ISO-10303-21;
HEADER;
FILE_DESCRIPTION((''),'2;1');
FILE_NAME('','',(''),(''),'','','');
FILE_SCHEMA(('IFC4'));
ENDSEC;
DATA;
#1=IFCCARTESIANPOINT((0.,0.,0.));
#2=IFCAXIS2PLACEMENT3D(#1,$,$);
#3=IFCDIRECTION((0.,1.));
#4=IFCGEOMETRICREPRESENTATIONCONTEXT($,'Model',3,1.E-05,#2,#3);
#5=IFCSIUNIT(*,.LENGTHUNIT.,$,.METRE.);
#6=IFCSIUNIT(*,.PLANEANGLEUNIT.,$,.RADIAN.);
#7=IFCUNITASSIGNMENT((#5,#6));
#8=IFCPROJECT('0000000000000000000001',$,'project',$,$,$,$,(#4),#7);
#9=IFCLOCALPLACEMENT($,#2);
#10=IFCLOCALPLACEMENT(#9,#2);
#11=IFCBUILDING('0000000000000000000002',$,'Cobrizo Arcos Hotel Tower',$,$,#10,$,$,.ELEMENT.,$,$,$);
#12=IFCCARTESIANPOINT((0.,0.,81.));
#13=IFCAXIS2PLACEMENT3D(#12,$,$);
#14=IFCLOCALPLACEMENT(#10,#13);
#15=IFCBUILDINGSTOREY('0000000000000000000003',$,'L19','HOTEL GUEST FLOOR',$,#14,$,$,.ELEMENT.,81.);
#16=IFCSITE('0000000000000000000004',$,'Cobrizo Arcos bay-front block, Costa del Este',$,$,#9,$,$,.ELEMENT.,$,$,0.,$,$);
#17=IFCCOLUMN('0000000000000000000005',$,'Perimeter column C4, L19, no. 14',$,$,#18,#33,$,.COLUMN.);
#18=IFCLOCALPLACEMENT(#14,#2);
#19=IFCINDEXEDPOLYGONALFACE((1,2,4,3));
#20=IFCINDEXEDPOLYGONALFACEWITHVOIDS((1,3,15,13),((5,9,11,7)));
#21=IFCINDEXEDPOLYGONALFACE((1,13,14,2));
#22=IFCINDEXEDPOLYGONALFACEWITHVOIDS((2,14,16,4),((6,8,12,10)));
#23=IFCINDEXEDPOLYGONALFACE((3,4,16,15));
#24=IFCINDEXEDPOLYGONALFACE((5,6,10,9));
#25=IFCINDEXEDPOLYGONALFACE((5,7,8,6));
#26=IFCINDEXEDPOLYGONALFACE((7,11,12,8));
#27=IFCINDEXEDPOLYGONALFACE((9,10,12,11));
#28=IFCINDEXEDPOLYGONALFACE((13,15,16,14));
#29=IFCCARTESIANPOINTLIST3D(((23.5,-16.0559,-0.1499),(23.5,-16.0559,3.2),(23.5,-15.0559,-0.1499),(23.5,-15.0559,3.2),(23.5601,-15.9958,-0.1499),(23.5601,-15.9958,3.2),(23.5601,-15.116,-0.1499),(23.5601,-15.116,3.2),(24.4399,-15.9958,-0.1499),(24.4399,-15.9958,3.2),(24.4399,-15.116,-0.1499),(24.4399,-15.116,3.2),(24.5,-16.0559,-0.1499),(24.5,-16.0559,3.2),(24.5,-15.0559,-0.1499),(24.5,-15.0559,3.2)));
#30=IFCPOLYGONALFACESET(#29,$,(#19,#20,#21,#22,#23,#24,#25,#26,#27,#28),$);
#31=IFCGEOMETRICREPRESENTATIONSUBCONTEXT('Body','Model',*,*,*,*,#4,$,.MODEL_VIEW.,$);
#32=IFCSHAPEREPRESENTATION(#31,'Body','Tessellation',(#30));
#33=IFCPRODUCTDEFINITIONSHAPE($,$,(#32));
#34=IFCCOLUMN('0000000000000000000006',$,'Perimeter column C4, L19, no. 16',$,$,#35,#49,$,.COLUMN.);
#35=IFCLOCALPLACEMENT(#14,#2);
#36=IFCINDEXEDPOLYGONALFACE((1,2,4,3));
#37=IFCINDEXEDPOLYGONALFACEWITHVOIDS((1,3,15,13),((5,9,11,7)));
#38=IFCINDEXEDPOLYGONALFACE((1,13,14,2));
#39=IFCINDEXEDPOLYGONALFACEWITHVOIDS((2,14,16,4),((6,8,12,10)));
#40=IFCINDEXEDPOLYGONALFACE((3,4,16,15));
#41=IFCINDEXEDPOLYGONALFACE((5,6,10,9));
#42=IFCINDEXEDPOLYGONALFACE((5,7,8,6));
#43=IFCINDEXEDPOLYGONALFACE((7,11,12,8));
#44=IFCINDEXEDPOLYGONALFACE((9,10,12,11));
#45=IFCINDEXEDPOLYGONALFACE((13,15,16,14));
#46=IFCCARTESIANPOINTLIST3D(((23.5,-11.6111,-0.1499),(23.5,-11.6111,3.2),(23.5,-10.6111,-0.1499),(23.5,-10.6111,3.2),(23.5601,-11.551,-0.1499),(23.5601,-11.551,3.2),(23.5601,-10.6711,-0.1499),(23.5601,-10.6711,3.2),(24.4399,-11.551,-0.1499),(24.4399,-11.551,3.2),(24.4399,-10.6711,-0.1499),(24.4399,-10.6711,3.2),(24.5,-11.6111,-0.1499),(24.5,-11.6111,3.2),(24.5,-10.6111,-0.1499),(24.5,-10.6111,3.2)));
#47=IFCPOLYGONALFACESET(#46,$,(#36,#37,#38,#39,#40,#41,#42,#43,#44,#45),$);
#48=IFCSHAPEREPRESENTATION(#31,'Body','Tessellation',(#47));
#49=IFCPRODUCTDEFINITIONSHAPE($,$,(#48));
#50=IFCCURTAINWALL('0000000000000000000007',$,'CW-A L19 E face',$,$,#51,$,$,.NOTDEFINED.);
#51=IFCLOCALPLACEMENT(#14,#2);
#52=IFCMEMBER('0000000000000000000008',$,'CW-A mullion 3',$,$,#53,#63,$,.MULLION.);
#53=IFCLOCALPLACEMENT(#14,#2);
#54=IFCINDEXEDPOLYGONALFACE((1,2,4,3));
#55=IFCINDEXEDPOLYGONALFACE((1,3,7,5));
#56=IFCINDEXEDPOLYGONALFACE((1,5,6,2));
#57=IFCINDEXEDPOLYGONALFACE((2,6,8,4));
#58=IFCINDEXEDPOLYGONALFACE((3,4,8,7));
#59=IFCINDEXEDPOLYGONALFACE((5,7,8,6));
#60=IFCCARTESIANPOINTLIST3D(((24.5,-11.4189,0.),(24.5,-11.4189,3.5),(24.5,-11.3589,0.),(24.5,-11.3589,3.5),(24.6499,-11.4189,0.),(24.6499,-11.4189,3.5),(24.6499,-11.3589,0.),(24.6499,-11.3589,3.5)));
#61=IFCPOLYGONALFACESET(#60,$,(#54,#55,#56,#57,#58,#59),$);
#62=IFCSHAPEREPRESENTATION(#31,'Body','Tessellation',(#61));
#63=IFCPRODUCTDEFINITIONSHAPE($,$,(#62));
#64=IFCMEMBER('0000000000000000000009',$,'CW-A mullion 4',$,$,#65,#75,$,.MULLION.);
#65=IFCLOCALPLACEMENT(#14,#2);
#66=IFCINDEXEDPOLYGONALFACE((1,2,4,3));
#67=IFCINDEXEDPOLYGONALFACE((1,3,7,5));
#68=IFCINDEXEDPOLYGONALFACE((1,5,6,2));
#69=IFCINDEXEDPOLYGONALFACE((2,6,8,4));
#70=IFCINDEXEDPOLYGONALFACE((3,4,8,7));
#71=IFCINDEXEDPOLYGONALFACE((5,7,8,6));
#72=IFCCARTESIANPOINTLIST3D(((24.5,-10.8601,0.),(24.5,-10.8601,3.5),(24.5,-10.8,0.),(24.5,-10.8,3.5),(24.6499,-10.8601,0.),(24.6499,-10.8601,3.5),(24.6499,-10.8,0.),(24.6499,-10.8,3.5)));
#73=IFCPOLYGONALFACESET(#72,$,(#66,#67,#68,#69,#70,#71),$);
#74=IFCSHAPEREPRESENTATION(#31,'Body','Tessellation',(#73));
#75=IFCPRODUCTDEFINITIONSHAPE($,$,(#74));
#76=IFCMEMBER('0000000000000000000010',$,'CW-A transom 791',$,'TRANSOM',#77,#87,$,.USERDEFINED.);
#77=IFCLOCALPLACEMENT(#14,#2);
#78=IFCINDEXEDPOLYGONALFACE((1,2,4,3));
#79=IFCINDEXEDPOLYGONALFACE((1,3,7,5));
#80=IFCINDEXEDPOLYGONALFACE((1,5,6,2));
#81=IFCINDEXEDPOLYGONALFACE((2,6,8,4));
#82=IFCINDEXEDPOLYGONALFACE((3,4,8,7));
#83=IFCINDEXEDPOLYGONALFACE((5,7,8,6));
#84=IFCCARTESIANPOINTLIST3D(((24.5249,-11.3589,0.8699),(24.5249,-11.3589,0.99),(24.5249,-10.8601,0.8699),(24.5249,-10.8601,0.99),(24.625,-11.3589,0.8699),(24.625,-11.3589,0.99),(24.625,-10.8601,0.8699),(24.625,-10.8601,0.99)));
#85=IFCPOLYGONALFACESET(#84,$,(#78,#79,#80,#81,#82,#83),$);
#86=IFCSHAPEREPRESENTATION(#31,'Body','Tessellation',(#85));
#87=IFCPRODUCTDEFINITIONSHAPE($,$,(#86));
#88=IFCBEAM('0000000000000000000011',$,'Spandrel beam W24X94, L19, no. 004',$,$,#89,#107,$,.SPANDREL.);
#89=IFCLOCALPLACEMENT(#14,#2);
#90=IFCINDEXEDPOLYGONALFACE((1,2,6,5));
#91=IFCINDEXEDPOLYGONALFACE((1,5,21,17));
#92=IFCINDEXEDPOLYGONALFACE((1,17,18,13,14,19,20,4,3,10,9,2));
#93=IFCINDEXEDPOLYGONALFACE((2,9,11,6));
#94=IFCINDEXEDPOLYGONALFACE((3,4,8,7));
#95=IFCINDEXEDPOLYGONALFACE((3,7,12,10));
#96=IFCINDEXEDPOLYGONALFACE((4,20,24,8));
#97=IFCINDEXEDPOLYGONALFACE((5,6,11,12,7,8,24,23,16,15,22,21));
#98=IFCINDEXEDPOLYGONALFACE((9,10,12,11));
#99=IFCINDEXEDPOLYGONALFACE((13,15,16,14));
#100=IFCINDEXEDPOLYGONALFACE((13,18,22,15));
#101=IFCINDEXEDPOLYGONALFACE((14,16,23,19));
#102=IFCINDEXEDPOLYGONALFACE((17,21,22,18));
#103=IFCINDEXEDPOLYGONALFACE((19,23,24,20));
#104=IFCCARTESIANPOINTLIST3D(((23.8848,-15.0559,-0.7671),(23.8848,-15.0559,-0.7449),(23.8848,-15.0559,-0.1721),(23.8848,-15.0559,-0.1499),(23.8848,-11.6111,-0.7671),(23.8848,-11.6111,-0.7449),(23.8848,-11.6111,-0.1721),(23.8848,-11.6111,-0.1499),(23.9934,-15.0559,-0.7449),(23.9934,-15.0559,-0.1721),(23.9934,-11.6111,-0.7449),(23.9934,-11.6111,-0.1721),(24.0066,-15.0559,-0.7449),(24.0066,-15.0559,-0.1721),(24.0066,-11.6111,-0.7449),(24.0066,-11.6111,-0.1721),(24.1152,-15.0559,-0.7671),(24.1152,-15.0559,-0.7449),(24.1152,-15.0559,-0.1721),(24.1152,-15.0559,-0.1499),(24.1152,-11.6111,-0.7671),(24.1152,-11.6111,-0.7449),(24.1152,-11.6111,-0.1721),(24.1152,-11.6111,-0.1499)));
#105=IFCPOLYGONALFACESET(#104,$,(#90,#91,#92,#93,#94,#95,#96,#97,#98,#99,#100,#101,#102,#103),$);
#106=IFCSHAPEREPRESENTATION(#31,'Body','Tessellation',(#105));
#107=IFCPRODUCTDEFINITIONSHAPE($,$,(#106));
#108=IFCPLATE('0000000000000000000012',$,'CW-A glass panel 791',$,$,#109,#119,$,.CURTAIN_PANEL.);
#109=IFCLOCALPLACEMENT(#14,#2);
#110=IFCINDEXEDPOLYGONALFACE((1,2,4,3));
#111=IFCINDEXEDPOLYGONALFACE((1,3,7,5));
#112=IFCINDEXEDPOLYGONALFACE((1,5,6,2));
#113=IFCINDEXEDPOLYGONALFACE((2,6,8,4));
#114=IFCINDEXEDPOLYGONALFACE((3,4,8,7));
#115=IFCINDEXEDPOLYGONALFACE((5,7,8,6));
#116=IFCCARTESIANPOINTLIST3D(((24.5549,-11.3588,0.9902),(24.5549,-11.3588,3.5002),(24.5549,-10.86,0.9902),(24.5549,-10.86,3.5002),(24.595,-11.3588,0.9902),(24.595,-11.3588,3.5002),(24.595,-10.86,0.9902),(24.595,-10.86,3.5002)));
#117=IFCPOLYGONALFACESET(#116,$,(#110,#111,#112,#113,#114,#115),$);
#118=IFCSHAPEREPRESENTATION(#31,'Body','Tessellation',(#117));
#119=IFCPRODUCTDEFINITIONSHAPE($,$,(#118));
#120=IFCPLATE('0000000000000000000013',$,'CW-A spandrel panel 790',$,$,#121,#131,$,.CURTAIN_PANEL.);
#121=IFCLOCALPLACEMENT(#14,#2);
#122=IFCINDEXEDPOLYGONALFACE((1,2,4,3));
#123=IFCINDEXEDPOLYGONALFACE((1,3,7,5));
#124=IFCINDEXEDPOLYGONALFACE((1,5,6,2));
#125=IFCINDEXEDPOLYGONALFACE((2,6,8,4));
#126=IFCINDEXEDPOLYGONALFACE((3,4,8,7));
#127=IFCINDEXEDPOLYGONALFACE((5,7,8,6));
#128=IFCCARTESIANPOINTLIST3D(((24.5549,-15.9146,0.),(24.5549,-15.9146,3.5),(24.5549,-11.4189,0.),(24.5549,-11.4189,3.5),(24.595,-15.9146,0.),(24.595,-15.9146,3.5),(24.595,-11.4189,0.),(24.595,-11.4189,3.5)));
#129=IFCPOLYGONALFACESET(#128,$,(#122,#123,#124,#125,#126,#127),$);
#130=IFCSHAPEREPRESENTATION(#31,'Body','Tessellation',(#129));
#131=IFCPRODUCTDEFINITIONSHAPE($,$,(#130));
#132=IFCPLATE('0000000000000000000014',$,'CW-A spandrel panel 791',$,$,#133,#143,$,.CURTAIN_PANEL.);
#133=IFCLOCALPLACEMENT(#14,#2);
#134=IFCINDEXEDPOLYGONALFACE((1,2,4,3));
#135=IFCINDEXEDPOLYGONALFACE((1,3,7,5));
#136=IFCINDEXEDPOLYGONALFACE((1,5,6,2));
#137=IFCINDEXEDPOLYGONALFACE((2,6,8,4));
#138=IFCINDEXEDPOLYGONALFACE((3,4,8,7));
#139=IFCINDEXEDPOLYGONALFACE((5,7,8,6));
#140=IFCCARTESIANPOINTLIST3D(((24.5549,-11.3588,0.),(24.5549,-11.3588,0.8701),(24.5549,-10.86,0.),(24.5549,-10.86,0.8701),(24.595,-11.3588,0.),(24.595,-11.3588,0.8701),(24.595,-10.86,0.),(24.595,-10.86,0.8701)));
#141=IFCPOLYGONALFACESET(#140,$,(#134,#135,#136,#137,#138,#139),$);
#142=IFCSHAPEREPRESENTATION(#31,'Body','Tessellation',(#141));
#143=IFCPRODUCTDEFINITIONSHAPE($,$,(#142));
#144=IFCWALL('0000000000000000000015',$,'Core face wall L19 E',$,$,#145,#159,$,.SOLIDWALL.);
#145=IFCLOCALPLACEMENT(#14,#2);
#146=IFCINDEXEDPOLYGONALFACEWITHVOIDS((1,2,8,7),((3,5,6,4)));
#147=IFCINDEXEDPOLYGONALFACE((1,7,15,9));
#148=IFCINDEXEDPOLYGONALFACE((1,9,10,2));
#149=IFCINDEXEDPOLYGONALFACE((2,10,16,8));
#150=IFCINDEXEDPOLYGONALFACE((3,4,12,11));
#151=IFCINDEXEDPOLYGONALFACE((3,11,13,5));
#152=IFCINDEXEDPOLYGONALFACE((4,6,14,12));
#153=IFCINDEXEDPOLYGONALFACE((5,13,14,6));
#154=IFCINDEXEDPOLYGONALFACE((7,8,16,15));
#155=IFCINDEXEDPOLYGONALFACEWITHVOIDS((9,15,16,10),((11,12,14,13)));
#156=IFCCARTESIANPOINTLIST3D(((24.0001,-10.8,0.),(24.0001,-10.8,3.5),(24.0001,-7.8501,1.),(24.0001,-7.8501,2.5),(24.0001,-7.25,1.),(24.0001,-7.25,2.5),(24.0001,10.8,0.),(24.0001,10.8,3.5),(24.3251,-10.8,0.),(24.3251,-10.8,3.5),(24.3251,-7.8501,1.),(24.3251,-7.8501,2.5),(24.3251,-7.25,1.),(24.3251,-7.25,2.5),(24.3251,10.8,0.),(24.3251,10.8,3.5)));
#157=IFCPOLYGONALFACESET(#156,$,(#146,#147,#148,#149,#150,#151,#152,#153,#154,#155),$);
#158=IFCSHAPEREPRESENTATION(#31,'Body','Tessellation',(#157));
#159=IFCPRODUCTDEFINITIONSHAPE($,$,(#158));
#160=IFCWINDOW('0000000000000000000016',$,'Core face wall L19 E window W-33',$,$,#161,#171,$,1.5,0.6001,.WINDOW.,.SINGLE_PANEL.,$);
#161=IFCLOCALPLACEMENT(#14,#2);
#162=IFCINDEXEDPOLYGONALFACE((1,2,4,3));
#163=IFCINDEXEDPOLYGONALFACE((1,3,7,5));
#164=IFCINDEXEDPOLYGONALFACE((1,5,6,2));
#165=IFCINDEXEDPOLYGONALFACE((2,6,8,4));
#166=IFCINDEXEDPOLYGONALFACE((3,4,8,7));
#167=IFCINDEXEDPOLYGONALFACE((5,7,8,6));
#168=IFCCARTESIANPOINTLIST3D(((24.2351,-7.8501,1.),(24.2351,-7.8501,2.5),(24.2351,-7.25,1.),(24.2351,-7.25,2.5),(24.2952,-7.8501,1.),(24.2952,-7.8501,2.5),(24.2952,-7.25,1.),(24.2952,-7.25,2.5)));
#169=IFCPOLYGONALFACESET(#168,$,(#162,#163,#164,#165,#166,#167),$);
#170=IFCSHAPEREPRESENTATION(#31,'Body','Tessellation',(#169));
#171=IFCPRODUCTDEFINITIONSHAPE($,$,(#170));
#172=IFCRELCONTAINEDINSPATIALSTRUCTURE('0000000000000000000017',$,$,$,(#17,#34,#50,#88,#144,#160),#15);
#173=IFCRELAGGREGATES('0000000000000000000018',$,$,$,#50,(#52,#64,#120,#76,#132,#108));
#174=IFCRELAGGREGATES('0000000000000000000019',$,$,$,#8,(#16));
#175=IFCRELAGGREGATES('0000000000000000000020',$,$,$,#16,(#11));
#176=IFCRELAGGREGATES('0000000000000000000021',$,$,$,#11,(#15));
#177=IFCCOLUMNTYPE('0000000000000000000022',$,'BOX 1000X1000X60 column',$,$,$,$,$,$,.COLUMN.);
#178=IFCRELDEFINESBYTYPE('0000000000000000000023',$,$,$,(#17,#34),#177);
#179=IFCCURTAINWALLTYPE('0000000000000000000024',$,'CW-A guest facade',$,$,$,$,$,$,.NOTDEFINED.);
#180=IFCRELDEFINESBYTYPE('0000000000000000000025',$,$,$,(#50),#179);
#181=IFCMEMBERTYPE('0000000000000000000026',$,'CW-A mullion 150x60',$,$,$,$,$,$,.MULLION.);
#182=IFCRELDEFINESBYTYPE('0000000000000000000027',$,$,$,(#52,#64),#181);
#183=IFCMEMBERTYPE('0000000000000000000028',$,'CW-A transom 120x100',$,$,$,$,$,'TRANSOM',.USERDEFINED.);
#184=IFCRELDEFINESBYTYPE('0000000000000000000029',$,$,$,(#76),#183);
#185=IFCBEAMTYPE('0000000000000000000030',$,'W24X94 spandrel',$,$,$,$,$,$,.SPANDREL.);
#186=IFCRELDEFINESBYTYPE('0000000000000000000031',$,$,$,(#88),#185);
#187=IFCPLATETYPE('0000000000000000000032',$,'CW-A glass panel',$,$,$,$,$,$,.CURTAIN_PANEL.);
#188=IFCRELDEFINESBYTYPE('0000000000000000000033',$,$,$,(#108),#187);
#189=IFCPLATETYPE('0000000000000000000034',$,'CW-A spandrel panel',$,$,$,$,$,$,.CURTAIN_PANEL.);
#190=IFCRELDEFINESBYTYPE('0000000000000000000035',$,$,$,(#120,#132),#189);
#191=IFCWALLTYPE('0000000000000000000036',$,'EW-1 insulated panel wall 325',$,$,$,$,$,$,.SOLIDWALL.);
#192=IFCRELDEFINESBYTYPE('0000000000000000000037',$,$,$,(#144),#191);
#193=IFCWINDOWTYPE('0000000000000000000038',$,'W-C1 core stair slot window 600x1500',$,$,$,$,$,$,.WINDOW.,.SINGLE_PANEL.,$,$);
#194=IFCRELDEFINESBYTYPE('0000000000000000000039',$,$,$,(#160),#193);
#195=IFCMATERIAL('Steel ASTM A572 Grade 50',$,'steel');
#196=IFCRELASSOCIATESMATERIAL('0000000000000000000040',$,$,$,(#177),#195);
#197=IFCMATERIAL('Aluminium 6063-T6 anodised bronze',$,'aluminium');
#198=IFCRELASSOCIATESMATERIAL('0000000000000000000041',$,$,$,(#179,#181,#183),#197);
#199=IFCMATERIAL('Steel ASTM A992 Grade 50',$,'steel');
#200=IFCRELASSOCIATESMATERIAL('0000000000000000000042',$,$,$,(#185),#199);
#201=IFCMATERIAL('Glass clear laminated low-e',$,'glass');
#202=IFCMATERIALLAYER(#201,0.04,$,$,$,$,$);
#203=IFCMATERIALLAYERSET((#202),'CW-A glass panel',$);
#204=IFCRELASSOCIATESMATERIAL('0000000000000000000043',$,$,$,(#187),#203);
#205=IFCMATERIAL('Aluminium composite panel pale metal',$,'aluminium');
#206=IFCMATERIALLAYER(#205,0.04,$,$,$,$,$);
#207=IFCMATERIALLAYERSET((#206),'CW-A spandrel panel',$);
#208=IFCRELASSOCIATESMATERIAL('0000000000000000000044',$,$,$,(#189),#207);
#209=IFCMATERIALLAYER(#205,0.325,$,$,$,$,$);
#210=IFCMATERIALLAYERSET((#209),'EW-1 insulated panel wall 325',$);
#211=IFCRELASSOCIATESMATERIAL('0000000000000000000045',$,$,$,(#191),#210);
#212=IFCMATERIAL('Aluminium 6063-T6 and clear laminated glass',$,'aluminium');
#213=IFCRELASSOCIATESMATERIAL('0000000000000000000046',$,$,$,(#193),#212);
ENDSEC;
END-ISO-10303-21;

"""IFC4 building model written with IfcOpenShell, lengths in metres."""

from ifc_helpers import new_model, si_unit, direction, frame, frame_2d, origin, origin_2d, place, context, subcontext, project, spatial, rectangle, hollow_rectangle, i_section, extrude, material, layer, layer_set, material_profile, profile_set, type_object, element, fill, aggregate, save


model = new_model("IFC4")

# Units and contexts
model_context = context("Model", 3, precision=1e-05, world=origin(), true_north=direction((0.0, 1.0)))
body_context = subcontext(model_context, "Body", "Model", "MODEL_VIEW")
ifc_project = project(units=[si_unit("LENGTHUNIT", "METRE"), si_unit("PLANEANGLEUNIT", "RADIAN")], contexts=[model_context])

# Site, building, storey
site_placement = place(None, origin())
site = spatial("IfcSite", under=ifc_project, at=site_placement, Name="Cobrizo Arcos bay-front block, Costa del Este", CompositionType="ELEMENT", RefElevation=0.0)
building_placement = place(site_placement, origin())
building = spatial("IfcBuilding", under=site, at=building_placement, Name="Cobrizo Arcos Hotel Tower", CompositionType="ELEMENT")
storey_placement = place(building_placement, frame((0.0, 0.0, 81.0)))
storey = spatial("IfcBuildingStorey", under=building, at=storey_placement, Name="L19", Description="HOTEL GUEST FLOOR", CompositionType="ELEMENT", Elevation=81.0)

# Columns
ifc_material_1 = material(Name="Steel ASTM A572 Grade 50", Category="steel")
ifc_material_profile_1 = material_profile(ifc_material_1, hollow_rectangle(XDim=1.0, YDim=1.0, WallThickness=0.0601, at=origin_2d()), Name="BOX 1000X1000X60")
ifc_profile_set_1 = profile_set([ifc_material_profile_1], Name="Steel ASTM A572 Grade 50")
column_type = type_object("IfcColumnType", Name="BOX 1000X1000X60 column", PredefinedType="COLUMN", material=ifc_profile_set_1)
for number, where, z_axis, x_axis, name in (
    (1, (24.0, -15.5559, -0.1499), (0.0, 0.0, 1.0), (1.0, 0.0, 0.0), "Perimeter column C4, L19, no. 14"),
    (2, (24.0, -11.1111, -0.1499), (0.0, 0.0, 1.0), (1.0, 0.0, 0.0), "Perimeter column C4, L19, no. 16"),
):
    element("IfcColumn", number, at=place(storey_placement, frame(where, z_axis=z_axis, x_axis=x_axis)), inside=storey, type_object=column_type, Name=name, PredefinedType="COLUMN", context=body_context, shape_type="SweptSolid", body=[
        extrude(hollow_rectangle(XDim=1.0, YDim=1.0, WallThickness=0.0601, at=origin_2d()), origin(), (0.0, 0.0, 1.0), 3.3499),
    ])

# Curtain wall, members
ifc_material_2 = material(Name="Aluminium 6063-T6 anodised bronze", Category="aluminium")
curtain_wall_type = type_object("IfcCurtainWallType", Name="CW-A guest facade", PredefinedType="NOTDEFINED", material=ifc_material_2)
curtain_wall_placement = place(storey_placement, origin())
curtain_wall = element("IfcCurtainWall", 3, at=curtain_wall_placement, inside=storey, type_object=curtain_wall_type, Name="CW-A L19 E face", PredefinedType="NOTDEFINED")
ifc_material_profile_2 = material_profile(ifc_material_2, rectangle(XDim=0.1499, YDim=0.0601, at=origin_2d()), Name="CW-A mullion 150x60")
ifc_profile_set_2 = profile_set([ifc_material_profile_2], Name="Aluminium 6063-T6 anodised bronze")
member_type_1 = type_object("IfcMemberType", Name="CW-A mullion 150x60", PredefinedType="MULLION", material=ifc_profile_set_2)
member_1_placement = place(storey_placement, frame((24.575, -11.3889, 0.0), z_axis=(0.0, 0.0, 1.0), x_axis=(1.0, 0.0, 0.0)))
member_1 = element("IfcMember", 4, at=member_1_placement, type_object=member_type_1, Name="CW-A mullion 3", PredefinedType="MULLION", context=body_context, shape_type="SweptSolid", body=[
    extrude(rectangle(XDim=0.1499, YDim=0.0601, at=origin_2d()), origin(), (0.0, 0.0, 1.0), 3.5),
])
member_2_placement = place(storey_placement, frame((24.575, -10.8301, 0.0), z_axis=(0.0, 0.0, 1.0), x_axis=(1.0, 0.0, 0.0)))
member_2 = element("IfcMember", 5, at=member_2_placement, type_object=member_type_1, Name="CW-A mullion 4", PredefinedType="MULLION", context=body_context, shape_type="SweptSolid", body=[
    extrude(rectangle(XDim=0.1499, YDim=0.0601, at=origin_2d()), origin(), (0.0, 0.0, 1.0), 3.5),
])
ifc_material_profile_3 = material_profile(ifc_material_2, rectangle(XDim=0.1001, YDim=0.1201, at=origin_2d()), Name="CW-A transom 120x100")
ifc_profile_set_3 = profile_set([ifc_material_profile_3], Name="Aluminium 6063-T6 anodised bronze")
member_type_2 = type_object("IfcMemberType", Name="CW-A transom 120x100", ElementType="TRANSOM", PredefinedType="USERDEFINED", material=ifc_profile_set_3)
member_3_placement = place(storey_placement, frame((24.575, -11.3589, 0.9299), z_axis=(0.0, 1.0, 0.0), x_axis=(-1.0, 0.0, 0.0)))
member_3 = element("IfcMember", 6, at=member_3_placement, type_object=member_type_2, Name="CW-A transom 791", ObjectType="TRANSOM", PredefinedType="USERDEFINED", context=body_context, shape_type="SweptSolid", body=[
    extrude(rectangle(XDim=0.1001, YDim=0.1201, at=origin_2d()), origin(), (0.0, 0.0, 1.0), 0.4988),
])

# Beam
ifc_material_3 = material(Name="Steel ASTM A992 Grade 50", Category="steel")
ifc_material_profile_4 = material_profile(ifc_material_3, i_section(OverallWidth=0.2305, OverallDepth=0.6172, WebThickness=0.0132, FlangeThickness=0.0222, at=origin_2d()), Name="W24X94")
ifc_profile_set_4 = profile_set([ifc_material_profile_4], Name="Steel ASTM A992 Grade 50")
beam_type = type_object("IfcBeamType", Name="W24X94 spandrel", PredefinedType="SPANDREL", material=ifc_profile_set_4)
beam_placement = place(storey_placement, frame((24.0, -11.6111, -0.4585), z_axis=(0.0, -1.0, 0.0), x_axis=(1.0, 0.0, 0.0)))
element("IfcBeam", 7, at=beam_placement, inside=storey, type_object=beam_type, Name="Spandrel beam W24X94, L19, no. 004", PredefinedType="SPANDREL", context=body_context, shape_type="SweptSolid", body=[
    extrude(i_section(OverallWidth=0.2305, OverallDepth=0.6172, WebThickness=0.0132, FlangeThickness=0.0222, at=origin_2d()), origin(), (0.0, 0.0, 1.0), 3.4448),
])

# Plates
ifc_material_4 = material(Name="Glass clear laminated low-e", Category="glass")
ifc_layer_1 = layer(ifc_material_4, 0.04)
ifc_layer_set_1 = layer_set([ifc_layer_1], Name="CW-A glass panel")
plate_type_1 = type_object("IfcPlateType", Name="CW-A glass panel", PredefinedType="CURTAIN_PANEL", material=ifc_layer_set_1)
plate_1_placement = place(storey_placement, frame((24.575, -11.1094, 0.9902), z_axis=(0.0, 0.0, 1.0), x_axis=(0.0, 1.0, 0.0)))
plate_1 = element("IfcPlate", 8, at=plate_1_placement, type_object=plate_type_1, Name="CW-A glass panel 791", PredefinedType="CURTAIN_PANEL", context=body_context, shape_type="SweptSolid", body=[
    extrude(rectangle(XDim=0.4988, YDim=0.04, at=origin_2d()), origin(), (0.0, 0.0, 1.0), 2.51),
])
ifc_material_5 = material(Name="Aluminium composite panel pale metal", Category="aluminium")
ifc_layer_2 = layer(ifc_material_5, 0.04)
ifc_layer_set_2 = layer_set([ifc_layer_2], Name="CW-A spandrel panel")
plate_type_2 = type_object("IfcPlateType", Name="CW-A spandrel panel", PredefinedType="CURTAIN_PANEL", material=ifc_layer_set_2)
plate_2_placement = place(storey_placement, frame((24.575, -13.6667, 0.0), z_axis=(0.0, 0.0, 1.0), x_axis=(0.0, 1.0, 0.0)))
plate_2 = element("IfcPlate", 9, at=plate_2_placement, type_object=plate_type_2, Name="CW-A spandrel panel 790", PredefinedType="CURTAIN_PANEL", context=body_context, shape_type="SweptSolid", body=[
    extrude(rectangle(XDim=4.4956, YDim=0.04, at=origin_2d()), origin(), (0.0, 0.0, 1.0), 3.5),
])
plate_3_placement = place(storey_placement, frame((24.575, -11.1094, 0.0), z_axis=(0.0, 0.0, 1.0), x_axis=(0.0, 1.0, 0.0)))
plate_3 = element("IfcPlate", 10, at=plate_3_placement, type_object=plate_type_2, Name="CW-A spandrel panel 791", PredefinedType="CURTAIN_PANEL", context=body_context, shape_type="SweptSolid", body=[
    extrude(rectangle(XDim=0.4988, YDim=0.04, at=origin_2d()), origin(), (0.0, 0.0, 1.0), 0.8701),
])
aggregate(curtain_wall, [member_1, member_2, plate_2, member_3, plate_3, plate_1])

# Wall, opening, window
ifc_layer_3 = layer(ifc_material_5, 0.325)
ifc_layer_set_3 = layer_set([ifc_layer_3], Name="EW-1 insulated panel wall 325")
wall_type_1 = type_object("IfcWallType", Name="EW-1 insulated panel wall 325", PredefinedType="SOLIDWALL", material=ifc_layer_set_3)
wall_1_placement = place(storey_placement, frame((24.1626, -10.8, 0.0), z_axis=(0.0, 0.0, 1.0), x_axis=(0.0, 1.0, 0.0)))
wall_1 = element("IfcWall", 11, at=wall_1_placement, inside=storey, type_object=wall_type_1, Name="Core face wall L19 E", PredefinedType="SOLIDWALL", context=body_context, shape_type="SweptSolid", body=[
    extrude(rectangle(XDim=21.6001, YDim=0.325, at=frame_2d((10.8, 0.0))), origin(), (0.0, 0.0, 1.0), 3.5),
])
opening_1_placement = place(wall_1_placement, frame((2.95, 0.0, 1.0)))
opening_1 = element("IfcOpeningElement", 12, at=opening_1_placement, cuts=wall_1, PredefinedType="OPENING", context=body_context, shape_type="SweptSolid", body=[
    extrude(rectangle(XDim=0.6001, YDim=1.5, at=frame_2d((0.3, 0.75))), frame((0.0, 0.1746, 0.0), z_axis=(0.0, -1.0, 0.0), x_axis=(1.0, 0.0, 0.0)), (0.0, 0.0, 1.0), 0.3489),
])
ifc_material_6 = material(Name="Aluminium 6063-T6 and clear laminated glass", Category="aluminium")
window_type = type_object("IfcWindowType", Name="W-C1 core stair slot window 600x1500", PartitioningType="SINGLE_PANEL", PredefinedType="WINDOW", material=ifc_material_6)
window_placement = place(opening_1_placement, origin())
window = element("IfcWindow", 13, at=window_placement, inside=storey, type_object=window_type, Name="Core face wall L19 E window W-33", OverallHeight=1.5, OverallWidth=0.6001, PartitioningType="SINGLE_PANEL", PredefinedType="WINDOW", context=body_context, shape_type="SweptSolid", body=[
    extrude(rectangle(XDim=0.6001, YDim=1.5, at=frame_2d((0.3, 0.75))), frame((0.0, -0.0725, 0.0), z_axis=(0.0, -1.0, 0.0), x_axis=(1.0, 0.0, 0.0)), (0.0, 0.0, 1.0), 0.0601),
])
fill(opening_1, window)

save(model, "model.ifc")
